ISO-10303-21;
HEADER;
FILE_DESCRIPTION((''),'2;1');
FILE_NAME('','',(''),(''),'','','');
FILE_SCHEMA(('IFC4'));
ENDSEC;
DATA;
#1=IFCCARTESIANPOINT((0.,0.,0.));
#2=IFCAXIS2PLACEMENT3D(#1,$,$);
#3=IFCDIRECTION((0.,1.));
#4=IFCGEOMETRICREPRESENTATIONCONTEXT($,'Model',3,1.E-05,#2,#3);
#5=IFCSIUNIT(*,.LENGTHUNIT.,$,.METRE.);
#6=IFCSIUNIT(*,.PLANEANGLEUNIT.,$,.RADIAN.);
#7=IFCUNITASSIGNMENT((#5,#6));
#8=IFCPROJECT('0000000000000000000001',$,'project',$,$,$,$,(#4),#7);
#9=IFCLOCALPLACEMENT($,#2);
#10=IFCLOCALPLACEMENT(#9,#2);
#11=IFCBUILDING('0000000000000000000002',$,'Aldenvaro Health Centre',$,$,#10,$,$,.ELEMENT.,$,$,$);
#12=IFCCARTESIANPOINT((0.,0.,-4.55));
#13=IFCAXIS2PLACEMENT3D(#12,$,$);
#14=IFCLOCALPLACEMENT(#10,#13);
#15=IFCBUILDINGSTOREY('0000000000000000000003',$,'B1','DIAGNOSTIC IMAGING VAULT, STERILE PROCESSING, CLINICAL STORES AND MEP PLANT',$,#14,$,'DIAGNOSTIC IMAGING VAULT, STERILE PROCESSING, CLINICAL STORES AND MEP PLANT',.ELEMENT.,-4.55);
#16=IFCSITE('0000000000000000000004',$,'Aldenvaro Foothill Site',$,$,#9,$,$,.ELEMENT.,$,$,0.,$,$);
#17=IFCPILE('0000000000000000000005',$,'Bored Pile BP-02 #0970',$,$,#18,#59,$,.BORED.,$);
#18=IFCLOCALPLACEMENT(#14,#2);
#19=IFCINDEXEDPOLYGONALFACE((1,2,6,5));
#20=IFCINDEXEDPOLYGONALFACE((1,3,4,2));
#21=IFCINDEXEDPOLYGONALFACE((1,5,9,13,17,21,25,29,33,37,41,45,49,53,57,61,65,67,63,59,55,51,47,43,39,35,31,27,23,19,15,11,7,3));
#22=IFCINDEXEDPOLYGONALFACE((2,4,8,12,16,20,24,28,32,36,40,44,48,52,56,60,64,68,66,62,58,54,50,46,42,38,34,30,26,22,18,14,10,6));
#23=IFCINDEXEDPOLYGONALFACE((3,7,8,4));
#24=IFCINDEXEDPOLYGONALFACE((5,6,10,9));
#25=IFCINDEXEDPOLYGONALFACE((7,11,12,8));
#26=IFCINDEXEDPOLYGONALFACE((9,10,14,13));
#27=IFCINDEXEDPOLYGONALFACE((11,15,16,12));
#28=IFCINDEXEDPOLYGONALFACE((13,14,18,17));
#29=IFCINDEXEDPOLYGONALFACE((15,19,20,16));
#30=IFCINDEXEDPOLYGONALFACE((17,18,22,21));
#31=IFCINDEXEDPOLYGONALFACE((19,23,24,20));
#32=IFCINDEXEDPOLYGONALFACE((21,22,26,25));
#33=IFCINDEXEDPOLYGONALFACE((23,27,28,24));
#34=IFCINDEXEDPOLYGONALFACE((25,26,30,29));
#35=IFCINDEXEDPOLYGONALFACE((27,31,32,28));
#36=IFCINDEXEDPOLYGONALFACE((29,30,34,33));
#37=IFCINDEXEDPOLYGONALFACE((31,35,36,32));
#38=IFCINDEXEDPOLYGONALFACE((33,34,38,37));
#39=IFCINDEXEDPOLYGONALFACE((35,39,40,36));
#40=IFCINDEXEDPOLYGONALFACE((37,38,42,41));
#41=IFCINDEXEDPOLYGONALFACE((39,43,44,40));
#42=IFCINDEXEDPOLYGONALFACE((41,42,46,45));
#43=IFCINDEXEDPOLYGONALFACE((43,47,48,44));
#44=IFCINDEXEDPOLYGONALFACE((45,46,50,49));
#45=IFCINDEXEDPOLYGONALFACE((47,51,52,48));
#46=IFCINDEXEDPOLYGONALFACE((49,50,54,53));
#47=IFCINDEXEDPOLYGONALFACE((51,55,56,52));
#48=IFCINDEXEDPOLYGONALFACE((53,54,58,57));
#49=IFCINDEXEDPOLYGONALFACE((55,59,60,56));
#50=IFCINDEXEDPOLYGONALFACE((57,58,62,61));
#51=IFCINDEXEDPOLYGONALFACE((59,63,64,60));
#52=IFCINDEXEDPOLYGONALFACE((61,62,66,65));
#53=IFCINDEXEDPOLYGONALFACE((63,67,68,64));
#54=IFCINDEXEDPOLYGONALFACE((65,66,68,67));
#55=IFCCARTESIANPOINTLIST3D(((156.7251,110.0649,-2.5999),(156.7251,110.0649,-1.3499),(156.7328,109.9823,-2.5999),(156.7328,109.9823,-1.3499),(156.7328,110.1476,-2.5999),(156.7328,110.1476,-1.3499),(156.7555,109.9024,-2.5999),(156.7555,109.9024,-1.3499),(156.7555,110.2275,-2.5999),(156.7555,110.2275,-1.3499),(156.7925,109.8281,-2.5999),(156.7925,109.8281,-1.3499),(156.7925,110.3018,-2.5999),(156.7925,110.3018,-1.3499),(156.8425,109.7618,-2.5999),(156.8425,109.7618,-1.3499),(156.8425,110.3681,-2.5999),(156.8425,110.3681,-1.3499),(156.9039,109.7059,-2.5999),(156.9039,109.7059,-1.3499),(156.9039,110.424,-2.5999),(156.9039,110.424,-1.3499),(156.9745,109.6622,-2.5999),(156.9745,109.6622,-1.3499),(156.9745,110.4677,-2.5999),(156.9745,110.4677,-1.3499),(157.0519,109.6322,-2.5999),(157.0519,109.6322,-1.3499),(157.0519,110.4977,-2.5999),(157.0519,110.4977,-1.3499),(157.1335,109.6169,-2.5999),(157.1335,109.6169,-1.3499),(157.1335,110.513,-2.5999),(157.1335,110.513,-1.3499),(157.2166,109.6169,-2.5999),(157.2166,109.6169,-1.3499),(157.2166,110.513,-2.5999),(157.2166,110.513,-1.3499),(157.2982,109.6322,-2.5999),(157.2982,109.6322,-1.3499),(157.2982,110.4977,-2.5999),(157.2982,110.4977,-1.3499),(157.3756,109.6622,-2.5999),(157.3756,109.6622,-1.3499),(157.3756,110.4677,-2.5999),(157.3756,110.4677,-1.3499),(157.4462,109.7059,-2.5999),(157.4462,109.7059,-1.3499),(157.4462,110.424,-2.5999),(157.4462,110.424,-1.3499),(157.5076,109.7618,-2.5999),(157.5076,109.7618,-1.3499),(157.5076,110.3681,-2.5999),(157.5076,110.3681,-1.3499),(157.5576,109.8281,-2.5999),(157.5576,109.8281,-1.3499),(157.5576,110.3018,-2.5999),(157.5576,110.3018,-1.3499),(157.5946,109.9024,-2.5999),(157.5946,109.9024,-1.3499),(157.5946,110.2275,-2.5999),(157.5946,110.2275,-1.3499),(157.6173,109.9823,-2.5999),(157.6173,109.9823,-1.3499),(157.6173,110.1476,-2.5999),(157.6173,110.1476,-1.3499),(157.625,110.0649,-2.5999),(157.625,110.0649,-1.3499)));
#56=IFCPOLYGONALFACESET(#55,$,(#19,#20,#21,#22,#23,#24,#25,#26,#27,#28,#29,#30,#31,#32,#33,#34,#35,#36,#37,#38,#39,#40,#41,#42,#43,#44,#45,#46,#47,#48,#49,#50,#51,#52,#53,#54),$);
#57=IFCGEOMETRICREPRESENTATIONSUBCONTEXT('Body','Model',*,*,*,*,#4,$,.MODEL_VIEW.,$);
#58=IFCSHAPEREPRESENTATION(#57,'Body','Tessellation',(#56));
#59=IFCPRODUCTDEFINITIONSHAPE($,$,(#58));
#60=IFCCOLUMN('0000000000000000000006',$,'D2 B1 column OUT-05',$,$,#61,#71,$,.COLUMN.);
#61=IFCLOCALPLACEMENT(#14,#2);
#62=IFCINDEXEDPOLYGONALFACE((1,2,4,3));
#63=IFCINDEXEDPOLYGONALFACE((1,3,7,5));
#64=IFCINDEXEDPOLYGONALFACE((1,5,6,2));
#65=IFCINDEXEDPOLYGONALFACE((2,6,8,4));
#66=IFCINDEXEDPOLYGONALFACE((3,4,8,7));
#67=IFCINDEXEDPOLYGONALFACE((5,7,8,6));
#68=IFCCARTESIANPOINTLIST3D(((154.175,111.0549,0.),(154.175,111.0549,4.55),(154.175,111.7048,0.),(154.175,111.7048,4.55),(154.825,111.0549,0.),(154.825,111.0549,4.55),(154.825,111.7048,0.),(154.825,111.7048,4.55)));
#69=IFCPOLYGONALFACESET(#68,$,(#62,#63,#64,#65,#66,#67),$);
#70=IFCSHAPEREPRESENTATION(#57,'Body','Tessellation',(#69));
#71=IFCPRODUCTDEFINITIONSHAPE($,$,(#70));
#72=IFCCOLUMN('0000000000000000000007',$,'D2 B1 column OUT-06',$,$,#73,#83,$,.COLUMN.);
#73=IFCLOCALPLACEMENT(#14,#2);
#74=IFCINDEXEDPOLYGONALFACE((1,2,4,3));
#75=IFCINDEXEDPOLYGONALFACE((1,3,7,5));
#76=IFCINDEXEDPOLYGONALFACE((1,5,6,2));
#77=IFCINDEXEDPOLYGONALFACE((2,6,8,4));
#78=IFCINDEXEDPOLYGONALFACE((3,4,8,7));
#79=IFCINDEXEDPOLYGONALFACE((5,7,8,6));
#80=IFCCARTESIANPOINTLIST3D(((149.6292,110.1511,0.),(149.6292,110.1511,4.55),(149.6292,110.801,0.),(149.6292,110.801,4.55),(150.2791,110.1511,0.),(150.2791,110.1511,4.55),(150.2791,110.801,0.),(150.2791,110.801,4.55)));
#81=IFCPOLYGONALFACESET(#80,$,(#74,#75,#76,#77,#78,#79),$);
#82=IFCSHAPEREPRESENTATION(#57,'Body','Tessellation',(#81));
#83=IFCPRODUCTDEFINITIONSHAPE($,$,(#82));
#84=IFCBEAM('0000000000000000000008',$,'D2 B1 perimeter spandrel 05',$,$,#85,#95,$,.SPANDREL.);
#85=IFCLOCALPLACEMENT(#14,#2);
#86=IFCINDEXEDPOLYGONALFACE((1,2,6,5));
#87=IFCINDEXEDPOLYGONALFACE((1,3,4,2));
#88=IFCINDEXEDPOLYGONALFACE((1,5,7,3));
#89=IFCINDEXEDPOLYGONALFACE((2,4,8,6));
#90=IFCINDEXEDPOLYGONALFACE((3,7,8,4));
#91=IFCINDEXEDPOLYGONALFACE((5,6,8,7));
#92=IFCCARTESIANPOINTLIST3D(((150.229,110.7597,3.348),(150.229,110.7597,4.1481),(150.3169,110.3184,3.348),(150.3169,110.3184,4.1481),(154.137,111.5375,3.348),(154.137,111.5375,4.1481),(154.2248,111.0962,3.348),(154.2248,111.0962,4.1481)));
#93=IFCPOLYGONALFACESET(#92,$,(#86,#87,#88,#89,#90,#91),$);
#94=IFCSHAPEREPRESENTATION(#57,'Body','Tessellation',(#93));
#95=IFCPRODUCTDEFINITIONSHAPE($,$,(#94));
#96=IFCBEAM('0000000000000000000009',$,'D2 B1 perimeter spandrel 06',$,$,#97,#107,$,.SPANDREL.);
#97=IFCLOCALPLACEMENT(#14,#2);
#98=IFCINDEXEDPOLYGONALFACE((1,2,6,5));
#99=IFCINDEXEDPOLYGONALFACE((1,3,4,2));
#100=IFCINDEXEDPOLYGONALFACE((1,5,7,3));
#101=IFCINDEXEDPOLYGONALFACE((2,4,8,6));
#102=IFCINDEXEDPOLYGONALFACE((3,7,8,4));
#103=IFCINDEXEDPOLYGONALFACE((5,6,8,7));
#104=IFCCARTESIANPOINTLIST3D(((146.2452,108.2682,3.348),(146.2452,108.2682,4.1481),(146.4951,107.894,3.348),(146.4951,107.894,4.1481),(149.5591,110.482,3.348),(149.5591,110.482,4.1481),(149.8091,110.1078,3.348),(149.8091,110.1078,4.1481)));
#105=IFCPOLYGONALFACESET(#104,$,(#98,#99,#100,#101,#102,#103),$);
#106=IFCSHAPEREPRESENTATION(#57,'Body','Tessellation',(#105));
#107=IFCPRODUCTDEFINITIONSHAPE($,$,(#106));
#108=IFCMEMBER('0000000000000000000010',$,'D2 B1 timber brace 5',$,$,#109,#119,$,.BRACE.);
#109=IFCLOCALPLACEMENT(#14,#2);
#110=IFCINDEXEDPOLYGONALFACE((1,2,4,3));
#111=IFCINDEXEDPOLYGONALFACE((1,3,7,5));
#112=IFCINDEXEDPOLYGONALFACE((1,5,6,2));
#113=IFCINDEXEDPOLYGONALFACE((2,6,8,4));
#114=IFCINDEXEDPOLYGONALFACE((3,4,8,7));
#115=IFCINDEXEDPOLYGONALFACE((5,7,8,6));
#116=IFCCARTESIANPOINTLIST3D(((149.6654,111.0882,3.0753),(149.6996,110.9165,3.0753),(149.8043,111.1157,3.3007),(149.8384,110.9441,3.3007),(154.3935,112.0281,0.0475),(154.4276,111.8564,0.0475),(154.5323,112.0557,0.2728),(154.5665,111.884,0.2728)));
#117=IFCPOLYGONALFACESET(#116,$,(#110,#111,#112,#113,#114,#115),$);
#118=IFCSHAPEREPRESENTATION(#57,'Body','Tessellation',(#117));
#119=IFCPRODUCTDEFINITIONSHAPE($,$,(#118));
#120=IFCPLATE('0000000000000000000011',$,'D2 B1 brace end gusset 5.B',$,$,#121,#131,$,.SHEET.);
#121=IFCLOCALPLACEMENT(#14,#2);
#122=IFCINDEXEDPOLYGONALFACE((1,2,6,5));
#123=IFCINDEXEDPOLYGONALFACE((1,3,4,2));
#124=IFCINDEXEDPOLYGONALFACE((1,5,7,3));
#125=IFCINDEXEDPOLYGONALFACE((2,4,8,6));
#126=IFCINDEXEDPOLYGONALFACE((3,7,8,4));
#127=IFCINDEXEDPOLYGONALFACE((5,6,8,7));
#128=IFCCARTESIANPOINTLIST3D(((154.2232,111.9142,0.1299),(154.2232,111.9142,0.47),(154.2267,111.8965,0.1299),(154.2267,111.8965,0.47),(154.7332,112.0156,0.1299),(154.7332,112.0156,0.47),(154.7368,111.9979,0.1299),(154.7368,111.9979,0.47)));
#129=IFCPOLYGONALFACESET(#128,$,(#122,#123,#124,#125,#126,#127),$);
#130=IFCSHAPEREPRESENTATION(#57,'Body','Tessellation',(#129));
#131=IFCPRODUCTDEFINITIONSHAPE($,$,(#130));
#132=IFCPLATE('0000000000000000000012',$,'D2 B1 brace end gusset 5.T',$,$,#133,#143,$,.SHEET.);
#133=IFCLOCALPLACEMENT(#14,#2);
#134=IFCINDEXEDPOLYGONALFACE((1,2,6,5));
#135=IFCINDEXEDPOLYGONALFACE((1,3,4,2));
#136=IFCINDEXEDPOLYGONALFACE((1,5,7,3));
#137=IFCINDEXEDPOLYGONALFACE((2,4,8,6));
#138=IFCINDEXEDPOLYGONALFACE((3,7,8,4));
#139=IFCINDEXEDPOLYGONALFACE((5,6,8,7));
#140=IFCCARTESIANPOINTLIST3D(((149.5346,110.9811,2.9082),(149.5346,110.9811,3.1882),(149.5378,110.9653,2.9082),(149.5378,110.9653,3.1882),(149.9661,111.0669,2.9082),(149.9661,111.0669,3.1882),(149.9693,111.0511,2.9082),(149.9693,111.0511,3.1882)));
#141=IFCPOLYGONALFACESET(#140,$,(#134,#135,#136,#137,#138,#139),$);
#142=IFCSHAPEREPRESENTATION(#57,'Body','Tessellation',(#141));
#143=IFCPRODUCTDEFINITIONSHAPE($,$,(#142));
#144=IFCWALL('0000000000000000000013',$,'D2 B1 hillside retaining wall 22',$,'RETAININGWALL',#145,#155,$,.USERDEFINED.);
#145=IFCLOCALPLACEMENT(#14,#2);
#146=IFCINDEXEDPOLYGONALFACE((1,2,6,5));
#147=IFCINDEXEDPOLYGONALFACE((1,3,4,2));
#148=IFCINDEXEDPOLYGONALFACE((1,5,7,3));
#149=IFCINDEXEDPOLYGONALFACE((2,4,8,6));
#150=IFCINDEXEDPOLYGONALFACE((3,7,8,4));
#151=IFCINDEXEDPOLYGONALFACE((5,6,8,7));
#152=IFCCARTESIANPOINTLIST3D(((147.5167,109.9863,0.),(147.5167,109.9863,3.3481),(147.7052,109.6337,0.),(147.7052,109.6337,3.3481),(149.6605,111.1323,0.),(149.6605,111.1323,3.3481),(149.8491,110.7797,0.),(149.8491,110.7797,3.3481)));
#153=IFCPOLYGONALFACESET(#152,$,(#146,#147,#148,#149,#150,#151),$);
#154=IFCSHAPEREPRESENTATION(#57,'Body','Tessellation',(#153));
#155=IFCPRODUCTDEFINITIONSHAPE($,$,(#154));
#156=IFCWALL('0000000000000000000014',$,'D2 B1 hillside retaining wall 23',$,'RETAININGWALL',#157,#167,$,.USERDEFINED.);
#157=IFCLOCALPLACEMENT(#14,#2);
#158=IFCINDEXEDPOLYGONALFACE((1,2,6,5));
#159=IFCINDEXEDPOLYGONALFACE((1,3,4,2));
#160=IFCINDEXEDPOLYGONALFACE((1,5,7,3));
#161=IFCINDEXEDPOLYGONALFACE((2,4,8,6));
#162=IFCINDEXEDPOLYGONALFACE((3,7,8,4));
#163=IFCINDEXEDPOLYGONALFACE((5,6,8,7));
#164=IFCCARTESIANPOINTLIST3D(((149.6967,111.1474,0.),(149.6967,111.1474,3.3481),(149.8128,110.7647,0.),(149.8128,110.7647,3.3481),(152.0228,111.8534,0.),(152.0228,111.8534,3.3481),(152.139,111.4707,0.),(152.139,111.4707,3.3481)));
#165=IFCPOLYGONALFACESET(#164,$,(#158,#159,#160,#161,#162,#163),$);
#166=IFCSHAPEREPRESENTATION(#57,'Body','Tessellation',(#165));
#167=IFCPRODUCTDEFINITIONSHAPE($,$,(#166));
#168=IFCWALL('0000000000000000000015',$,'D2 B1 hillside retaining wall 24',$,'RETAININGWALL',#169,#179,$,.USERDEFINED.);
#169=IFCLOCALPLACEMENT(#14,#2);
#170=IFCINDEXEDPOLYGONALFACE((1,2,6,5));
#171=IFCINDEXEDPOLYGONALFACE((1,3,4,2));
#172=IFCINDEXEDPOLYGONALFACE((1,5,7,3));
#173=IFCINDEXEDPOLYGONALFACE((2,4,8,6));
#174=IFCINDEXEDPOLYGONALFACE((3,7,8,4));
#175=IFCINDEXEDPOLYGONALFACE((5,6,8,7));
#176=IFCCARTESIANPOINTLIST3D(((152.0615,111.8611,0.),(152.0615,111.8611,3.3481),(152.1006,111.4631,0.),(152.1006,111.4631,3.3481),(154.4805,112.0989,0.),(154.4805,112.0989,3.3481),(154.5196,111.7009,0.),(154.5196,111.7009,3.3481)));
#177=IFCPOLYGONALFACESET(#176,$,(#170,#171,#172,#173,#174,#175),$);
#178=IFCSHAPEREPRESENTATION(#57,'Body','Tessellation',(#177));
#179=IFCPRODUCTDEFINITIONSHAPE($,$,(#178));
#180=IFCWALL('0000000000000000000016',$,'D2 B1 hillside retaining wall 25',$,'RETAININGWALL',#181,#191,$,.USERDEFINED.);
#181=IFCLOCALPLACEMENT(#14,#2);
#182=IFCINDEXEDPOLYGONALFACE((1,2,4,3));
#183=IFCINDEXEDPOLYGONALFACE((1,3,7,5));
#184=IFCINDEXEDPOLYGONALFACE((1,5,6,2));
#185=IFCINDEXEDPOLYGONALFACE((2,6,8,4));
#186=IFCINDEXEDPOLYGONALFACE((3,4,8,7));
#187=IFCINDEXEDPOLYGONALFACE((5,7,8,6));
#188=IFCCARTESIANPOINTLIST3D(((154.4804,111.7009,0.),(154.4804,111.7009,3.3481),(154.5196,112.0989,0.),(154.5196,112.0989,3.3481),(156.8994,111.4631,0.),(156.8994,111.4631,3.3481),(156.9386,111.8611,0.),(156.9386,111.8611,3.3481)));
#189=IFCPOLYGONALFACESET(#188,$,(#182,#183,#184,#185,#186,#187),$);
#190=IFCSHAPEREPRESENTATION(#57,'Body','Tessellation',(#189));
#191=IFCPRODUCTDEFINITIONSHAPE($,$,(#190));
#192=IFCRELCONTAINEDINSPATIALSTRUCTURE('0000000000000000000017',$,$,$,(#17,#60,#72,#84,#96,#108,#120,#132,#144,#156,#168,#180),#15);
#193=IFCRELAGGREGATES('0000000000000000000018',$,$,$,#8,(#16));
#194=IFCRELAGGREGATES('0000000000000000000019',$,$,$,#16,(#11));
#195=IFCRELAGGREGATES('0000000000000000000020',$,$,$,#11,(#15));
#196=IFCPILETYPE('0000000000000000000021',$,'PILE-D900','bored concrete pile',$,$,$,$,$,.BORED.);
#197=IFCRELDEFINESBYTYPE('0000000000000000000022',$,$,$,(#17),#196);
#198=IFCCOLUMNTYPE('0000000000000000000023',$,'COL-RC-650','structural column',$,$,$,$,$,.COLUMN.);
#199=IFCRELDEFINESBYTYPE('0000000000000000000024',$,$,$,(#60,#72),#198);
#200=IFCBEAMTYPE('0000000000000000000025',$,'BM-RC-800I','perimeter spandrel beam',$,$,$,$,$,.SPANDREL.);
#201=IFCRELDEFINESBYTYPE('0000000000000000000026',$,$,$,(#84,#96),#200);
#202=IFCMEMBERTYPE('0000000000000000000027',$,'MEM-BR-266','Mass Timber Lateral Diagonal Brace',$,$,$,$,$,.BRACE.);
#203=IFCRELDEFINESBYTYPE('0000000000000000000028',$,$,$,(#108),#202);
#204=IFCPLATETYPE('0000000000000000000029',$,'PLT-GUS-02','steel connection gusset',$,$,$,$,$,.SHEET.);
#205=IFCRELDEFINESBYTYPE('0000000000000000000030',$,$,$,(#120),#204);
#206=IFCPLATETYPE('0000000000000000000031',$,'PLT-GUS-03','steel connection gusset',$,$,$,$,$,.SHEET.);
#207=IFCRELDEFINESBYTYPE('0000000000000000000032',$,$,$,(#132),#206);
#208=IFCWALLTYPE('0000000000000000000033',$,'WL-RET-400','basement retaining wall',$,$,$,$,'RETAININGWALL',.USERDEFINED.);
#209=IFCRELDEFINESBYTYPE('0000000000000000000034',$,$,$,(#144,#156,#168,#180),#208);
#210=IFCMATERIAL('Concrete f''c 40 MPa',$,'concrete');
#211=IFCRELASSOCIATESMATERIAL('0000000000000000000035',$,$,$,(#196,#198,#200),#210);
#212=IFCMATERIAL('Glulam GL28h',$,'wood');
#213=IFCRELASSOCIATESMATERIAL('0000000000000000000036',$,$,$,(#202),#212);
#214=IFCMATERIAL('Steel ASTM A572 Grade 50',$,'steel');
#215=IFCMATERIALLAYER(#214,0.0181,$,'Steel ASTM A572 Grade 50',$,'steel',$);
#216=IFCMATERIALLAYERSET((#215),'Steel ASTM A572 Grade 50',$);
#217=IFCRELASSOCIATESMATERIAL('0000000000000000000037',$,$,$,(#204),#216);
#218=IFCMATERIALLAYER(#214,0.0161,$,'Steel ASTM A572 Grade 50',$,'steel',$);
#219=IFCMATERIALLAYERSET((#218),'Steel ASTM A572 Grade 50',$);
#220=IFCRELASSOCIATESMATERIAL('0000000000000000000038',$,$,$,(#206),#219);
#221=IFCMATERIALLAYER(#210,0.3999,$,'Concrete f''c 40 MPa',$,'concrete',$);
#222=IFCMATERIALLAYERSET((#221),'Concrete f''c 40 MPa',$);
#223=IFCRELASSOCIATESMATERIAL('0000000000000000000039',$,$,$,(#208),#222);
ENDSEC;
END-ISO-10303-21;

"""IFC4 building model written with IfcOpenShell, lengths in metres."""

from ifc_helpers import new_model, si_unit, direction, frame, frame_2d, origin, origin_2d, place, context, subcontext, project, spatial, rectangle, circle, extrude, material, layer, layer_set, material_profile, profile_set, type_object, element, save


model = new_model("IFC4")

# Units and contexts
model_context = context("Model", 3, precision=1e-05, world=origin(), true_north=direction((0.0, 1.0)))
body_context = subcontext(model_context, "Body", "Model", "MODEL_VIEW")
ifc_project = project(units=[si_unit("LENGTHUNIT", "METRE"), si_unit("PLANEANGLEUNIT", "RADIAN")], contexts=[model_context])

# Site, building, storey
site_placement = place(None, origin())
site = spatial("IfcSite", under=ifc_project, at=site_placement, Name="Aldenvaro Foothill Site", CompositionType="ELEMENT", RefElevation=0.0)
building_placement = place(site_placement, origin())
building = spatial("IfcBuilding", under=site, at=building_placement, Name="Aldenvaro Health Centre", CompositionType="ELEMENT")
storey_placement = place(building_placement, frame((0.0, 0.0, -4.55)))
storey = spatial("IfcBuildingStorey", under=building, at=storey_placement, Name="B1", Description="DIAGNOSTIC IMAGING VAULT, STERILE PROCESSING, CLINICAL STORES AND MEP PLANT", LongName="DIAGNOSTIC IMAGING VAULT, STERILE PROCESSING, CLINICAL STORES AND MEP PLANT", CompositionType="ELEMENT", Elevation=-4.55)

# Pile
ifc_material_1 = material(Name="Concrete f'c 40 MPa", Category="concrete")
ifc_material_profile_1 = material_profile(ifc_material_1, circle(Radius=0.45, at=origin_2d()), Name="PILE D900", Category="concrete")
ifc_profile_set_1 = profile_set([ifc_material_profile_1], Name="Concrete f'c 40 MPa")
pile_type = type_object("IfcPileType", Name="PILE-D900", Description="bored concrete pile", PredefinedType="BORED", material=ifc_profile_set_1)
for number, where, z_axis, x_axis, name in (
    (1, (157.175, 110.0649, -1.3499), (0.0, 0.0, -1.0), (1.0, 0.0, 0.0), "Bored Pile BP-02 #0970"),
):
    element("IfcPile", number, at=place(storey_placement, frame(where, z_axis=z_axis, x_axis=x_axis)), inside=storey, type_object=pile_type, Name=name, PredefinedType="BORED", context=body_context, shape_type="SweptSolid", body=[
        extrude(circle(Radius=0.45, at=origin_2d()), origin(), (0.0, 0.0, 1.0), 1.25),
    ])

# Columns
ifc_material_profile_2 = material_profile(ifc_material_1, rectangle(XDim=0.6499, YDim=0.6499, at=origin_2d()), Name="RC 650x650", Category="concrete")
ifc_profile_set_2 = profile_set([ifc_material_profile_2], Name="Concrete f'c 40 MPa")
column_type = type_object("IfcColumnType", Name="COL-RC-650", Description="structural column", PredefinedType="COLUMN", material=ifc_profile_set_2)
for number, where, z_axis, x_axis, name in (
    (2, (154.5, 111.3799, 0.0), (0.0, 0.0, 1.0), (1.0, 0.0, 0.0), "D2 B1 column OUT-05"),
    (3, (149.9541, 110.4761, 0.0), (0.0, 0.0, 1.0), (1.0, 0.0, 0.0), "D2 B1 column OUT-06"),
):
    element("IfcColumn", number, at=place(storey_placement, frame(where, z_axis=z_axis, x_axis=x_axis)), inside=storey, type_object=column_type, Name=name, PredefinedType="COLUMN", context=body_context, shape_type="SweptSolid", body=[
        extrude(rectangle(XDim=0.6499, YDim=0.6499, at=origin_2d()), origin(), (0.0, 0.0, 1.0), 4.55),
    ])

# Beams
ifc_material_profile_3 = material_profile(ifc_material_1, rectangle(XDim=0.45, YDim=0.8, at=origin_2d()), Name="RC 450x800", Category="concrete")
ifc_profile_set_3 = profile_set([ifc_material_profile_3], Name="Concrete f'c 40 MPa")
beam_type = type_object("IfcBeamType", Name="BM-RC-800I", Description="perimeter spandrel beam", PredefinedType="SPANDREL", material=ifc_profile_set_3)
beam_1_placement = place(storey_placement, frame((154.1809, 111.3169, 3.748), z_axis=(-0.980762, -0.195209, 0.0), x_axis=(0.195209, -0.980762, 0.0)))
element("IfcBeam", 4, at=beam_1_placement, inside=storey, type_object=beam_type, Name="D2 B1 perimeter spandrel 05", PredefinedType="SPANDREL", context=body_context, shape_type="SweptSolid", body=[
    extrude(rectangle(XDim=0.45, YDim=0.8, at=origin_2d()), origin(), (0.0, 0.0, 1.0), 3.9846),
])
beam_2_placement = place(storey_placement, frame((149.6841, 110.2949, 3.748), z_axis=(-0.831522, -0.555492, 0.0), x_axis=(0.555492, -0.831522, 0.0)))
element("IfcBeam", 5, at=beam_2_placement, inside=storey, type_object=beam_type, Name="D2 B1 perimeter spandrel 06", PredefinedType="SPANDREL", context=body_context, shape_type="SweptSolid", body=[
    extrude(rectangle(XDim=0.45, YDim=0.8, at=origin_2d()), origin(), (0.0, 0.0, 1.0), 3.9854),
])

# Member
ifc_material_2 = material(Name="Glulam GL28h", Category="wood")
ifc_material_profile_4 = material_profile(ifc_material_2, rectangle(XDim=0.175, YDim=0.2661, at=origin_2d()), Name="GL 175x266", Category="wood")
ifc_profile_set_4 = profile_set([ifc_material_profile_4], Name="Glulam GL28h")
member_type = type_object("IfcMemberType", Name="MEM-BR-266", Description="Mass Timber Lateral Diagonal Brace", PredefinedType="BRACE", material=ifc_profile_set_4)
member_placement = place(storey_placement, frame((154.48, 111.9561, 0.1602), z_axis=(-0.830559, -0.165117, 0.531891), x_axis=(0.194986, -0.980806, 0.0)))
element("IfcMember", 6, at=member_placement, inside=storey, type_object=member_type, Name="D2 B1 timber brace 5", PredefinedType="BRACE", context=body_context, shape_type="SweptSolid", body=[
    extrude(rectangle(XDim=0.175, YDim=0.2661, at=origin_2d()), origin(), (0.0, 0.0, 1.0), 5.6926),
])

# Plates
ifc_material_3 = material(Name="Steel ASTM A572 Grade 50", Category="steel")
ifc_layer_1 = layer(ifc_material_3, 0.0181, Name="Steel ASTM A572 Grade 50", Category="steel")
ifc_layer_set_1 = layer_set([ifc_layer_1], Name="Steel ASTM A572 Grade 50")
plate_type_1 = type_object("IfcPlateType", Name="PLT-GUS-02", Description="steel connection gusset", PredefinedType="SHEET", material=ifc_layer_set_1)
plate_1_placement = place(storey_placement, frame((154.48, 111.9561, 0.1299), z_axis=(0.0, 0.0, 1.0), x_axis=(-0.980802, -0.195005, 0.0)))
element("IfcPlate", 7, at=plate_1_placement, inside=storey, type_object=plate_type_1, Name="D2 B1 brace end gusset 5.B", PredefinedType="SHEET", context=body_context, shape_type="SweptSolid", body=[
    extrude(rectangle(XDim=0.52, YDim=0.0181, at=origin_2d()), origin(), (0.0, 0.0, 1.0), 0.3401),
])
ifc_layer_2 = layer(ifc_material_3, 0.0161, Name="Steel ASTM A572 Grade 50", Category="steel")
ifc_layer_set_2 = layer_set([ifc_layer_2], Name="Steel ASTM A572 Grade 50")
plate_type_2 = type_object("IfcPlateType", Name="PLT-GUS-03", Description="steel connection gusset", PredefinedType="SHEET", material=ifc_layer_set_2)
plate_2_placement = place(storey_placement, frame((149.752, 111.0161, 2.9082), z_axis=(0.0, 0.0, 1.0), x_axis=(-0.980802, -0.195005, 0.0)))
element("IfcPlate", 8, at=plate_2_placement, inside=storey, type_object=plate_type_2, Name="D2 B1 brace end gusset 5.T", PredefinedType="SHEET", context=body_context, shape_type="SweptSolid", body=[
    extrude(rectangle(XDim=0.4399, YDim=0.0161, at=origin_2d()), origin(), (0.0, 0.0, 1.0), 0.28),
])

# Walls
ifc_layer_3 = layer(ifc_material_1, 0.3999, Name="Concrete f'c 40 MPa", Category="concrete")
ifc_layer_set_3 = layer_set([ifc_layer_3], Name="Concrete f'c 40 MPa")
wall_type_1 = type_object("IfcWallType", Name="WL-RET-400", Description="basement retaining wall", ElementType="RETAININGWALL", PredefinedType="USERDEFINED", material=ifc_layer_set_3)
for number, where, z_axis, x_axis, name in (
    (9, (147.6111, 109.8101, 0.0), (0.0, 0.0, 1.0), (0.881902, 0.471432, 0.0), "D2 B1 hillside retaining wall 22"),
    (10, (149.7549, 110.9561, 0.0), (0.0, 0.0, 1.0), (0.956893, 0.290442, 0.0), "D2 B1 hillside retaining wall 23"),
):
    element("IfcWall", number, at=place(storey_placement, frame(where, z_axis=z_axis, x_axis=x_axis)), inside=storey, type_object=wall_type_1, Name=name, ObjectType="RETAININGWALL", PredefinedType="USERDEFINED", context=body_context, shape_type="SweptSolid", body=[
        extrude(rectangle(XDim=2.4309, YDim=0.3999, at=frame_2d((1.2153, 0.0))), origin(), (0.0, 0.0, 1.0), 3.3481),
    ])
for number, where, z_axis, x_axis, name in (
    (11, (152.0811, 111.6621, 0.0), (0.0, 0.0, 1.0), (0.995203, 0.097833, 0.0), "D2 B1 hillside retaining wall 24"),
    (12, (154.5, 111.8999, 0.0), (0.0, 0.0, 1.0), (0.995203, -0.097833, 0.0), "D2 B1 hillside retaining wall 25"),
):
    element("IfcWall", number, at=place(storey_placement, frame(where, z_axis=z_axis, x_axis=x_axis)), inside=storey, type_object=wall_type_1, Name=name, ObjectType="RETAININGWALL", PredefinedType="USERDEFINED", context=body_context, shape_type="SweptSolid", body=[
        extrude(rectangle(XDim=2.4307, YDim=0.3999, at=frame_2d((1.2153, 0.0))), origin(), (0.0, 0.0, 1.0), 3.3481),
    ])

save(model, "model.ifc")
